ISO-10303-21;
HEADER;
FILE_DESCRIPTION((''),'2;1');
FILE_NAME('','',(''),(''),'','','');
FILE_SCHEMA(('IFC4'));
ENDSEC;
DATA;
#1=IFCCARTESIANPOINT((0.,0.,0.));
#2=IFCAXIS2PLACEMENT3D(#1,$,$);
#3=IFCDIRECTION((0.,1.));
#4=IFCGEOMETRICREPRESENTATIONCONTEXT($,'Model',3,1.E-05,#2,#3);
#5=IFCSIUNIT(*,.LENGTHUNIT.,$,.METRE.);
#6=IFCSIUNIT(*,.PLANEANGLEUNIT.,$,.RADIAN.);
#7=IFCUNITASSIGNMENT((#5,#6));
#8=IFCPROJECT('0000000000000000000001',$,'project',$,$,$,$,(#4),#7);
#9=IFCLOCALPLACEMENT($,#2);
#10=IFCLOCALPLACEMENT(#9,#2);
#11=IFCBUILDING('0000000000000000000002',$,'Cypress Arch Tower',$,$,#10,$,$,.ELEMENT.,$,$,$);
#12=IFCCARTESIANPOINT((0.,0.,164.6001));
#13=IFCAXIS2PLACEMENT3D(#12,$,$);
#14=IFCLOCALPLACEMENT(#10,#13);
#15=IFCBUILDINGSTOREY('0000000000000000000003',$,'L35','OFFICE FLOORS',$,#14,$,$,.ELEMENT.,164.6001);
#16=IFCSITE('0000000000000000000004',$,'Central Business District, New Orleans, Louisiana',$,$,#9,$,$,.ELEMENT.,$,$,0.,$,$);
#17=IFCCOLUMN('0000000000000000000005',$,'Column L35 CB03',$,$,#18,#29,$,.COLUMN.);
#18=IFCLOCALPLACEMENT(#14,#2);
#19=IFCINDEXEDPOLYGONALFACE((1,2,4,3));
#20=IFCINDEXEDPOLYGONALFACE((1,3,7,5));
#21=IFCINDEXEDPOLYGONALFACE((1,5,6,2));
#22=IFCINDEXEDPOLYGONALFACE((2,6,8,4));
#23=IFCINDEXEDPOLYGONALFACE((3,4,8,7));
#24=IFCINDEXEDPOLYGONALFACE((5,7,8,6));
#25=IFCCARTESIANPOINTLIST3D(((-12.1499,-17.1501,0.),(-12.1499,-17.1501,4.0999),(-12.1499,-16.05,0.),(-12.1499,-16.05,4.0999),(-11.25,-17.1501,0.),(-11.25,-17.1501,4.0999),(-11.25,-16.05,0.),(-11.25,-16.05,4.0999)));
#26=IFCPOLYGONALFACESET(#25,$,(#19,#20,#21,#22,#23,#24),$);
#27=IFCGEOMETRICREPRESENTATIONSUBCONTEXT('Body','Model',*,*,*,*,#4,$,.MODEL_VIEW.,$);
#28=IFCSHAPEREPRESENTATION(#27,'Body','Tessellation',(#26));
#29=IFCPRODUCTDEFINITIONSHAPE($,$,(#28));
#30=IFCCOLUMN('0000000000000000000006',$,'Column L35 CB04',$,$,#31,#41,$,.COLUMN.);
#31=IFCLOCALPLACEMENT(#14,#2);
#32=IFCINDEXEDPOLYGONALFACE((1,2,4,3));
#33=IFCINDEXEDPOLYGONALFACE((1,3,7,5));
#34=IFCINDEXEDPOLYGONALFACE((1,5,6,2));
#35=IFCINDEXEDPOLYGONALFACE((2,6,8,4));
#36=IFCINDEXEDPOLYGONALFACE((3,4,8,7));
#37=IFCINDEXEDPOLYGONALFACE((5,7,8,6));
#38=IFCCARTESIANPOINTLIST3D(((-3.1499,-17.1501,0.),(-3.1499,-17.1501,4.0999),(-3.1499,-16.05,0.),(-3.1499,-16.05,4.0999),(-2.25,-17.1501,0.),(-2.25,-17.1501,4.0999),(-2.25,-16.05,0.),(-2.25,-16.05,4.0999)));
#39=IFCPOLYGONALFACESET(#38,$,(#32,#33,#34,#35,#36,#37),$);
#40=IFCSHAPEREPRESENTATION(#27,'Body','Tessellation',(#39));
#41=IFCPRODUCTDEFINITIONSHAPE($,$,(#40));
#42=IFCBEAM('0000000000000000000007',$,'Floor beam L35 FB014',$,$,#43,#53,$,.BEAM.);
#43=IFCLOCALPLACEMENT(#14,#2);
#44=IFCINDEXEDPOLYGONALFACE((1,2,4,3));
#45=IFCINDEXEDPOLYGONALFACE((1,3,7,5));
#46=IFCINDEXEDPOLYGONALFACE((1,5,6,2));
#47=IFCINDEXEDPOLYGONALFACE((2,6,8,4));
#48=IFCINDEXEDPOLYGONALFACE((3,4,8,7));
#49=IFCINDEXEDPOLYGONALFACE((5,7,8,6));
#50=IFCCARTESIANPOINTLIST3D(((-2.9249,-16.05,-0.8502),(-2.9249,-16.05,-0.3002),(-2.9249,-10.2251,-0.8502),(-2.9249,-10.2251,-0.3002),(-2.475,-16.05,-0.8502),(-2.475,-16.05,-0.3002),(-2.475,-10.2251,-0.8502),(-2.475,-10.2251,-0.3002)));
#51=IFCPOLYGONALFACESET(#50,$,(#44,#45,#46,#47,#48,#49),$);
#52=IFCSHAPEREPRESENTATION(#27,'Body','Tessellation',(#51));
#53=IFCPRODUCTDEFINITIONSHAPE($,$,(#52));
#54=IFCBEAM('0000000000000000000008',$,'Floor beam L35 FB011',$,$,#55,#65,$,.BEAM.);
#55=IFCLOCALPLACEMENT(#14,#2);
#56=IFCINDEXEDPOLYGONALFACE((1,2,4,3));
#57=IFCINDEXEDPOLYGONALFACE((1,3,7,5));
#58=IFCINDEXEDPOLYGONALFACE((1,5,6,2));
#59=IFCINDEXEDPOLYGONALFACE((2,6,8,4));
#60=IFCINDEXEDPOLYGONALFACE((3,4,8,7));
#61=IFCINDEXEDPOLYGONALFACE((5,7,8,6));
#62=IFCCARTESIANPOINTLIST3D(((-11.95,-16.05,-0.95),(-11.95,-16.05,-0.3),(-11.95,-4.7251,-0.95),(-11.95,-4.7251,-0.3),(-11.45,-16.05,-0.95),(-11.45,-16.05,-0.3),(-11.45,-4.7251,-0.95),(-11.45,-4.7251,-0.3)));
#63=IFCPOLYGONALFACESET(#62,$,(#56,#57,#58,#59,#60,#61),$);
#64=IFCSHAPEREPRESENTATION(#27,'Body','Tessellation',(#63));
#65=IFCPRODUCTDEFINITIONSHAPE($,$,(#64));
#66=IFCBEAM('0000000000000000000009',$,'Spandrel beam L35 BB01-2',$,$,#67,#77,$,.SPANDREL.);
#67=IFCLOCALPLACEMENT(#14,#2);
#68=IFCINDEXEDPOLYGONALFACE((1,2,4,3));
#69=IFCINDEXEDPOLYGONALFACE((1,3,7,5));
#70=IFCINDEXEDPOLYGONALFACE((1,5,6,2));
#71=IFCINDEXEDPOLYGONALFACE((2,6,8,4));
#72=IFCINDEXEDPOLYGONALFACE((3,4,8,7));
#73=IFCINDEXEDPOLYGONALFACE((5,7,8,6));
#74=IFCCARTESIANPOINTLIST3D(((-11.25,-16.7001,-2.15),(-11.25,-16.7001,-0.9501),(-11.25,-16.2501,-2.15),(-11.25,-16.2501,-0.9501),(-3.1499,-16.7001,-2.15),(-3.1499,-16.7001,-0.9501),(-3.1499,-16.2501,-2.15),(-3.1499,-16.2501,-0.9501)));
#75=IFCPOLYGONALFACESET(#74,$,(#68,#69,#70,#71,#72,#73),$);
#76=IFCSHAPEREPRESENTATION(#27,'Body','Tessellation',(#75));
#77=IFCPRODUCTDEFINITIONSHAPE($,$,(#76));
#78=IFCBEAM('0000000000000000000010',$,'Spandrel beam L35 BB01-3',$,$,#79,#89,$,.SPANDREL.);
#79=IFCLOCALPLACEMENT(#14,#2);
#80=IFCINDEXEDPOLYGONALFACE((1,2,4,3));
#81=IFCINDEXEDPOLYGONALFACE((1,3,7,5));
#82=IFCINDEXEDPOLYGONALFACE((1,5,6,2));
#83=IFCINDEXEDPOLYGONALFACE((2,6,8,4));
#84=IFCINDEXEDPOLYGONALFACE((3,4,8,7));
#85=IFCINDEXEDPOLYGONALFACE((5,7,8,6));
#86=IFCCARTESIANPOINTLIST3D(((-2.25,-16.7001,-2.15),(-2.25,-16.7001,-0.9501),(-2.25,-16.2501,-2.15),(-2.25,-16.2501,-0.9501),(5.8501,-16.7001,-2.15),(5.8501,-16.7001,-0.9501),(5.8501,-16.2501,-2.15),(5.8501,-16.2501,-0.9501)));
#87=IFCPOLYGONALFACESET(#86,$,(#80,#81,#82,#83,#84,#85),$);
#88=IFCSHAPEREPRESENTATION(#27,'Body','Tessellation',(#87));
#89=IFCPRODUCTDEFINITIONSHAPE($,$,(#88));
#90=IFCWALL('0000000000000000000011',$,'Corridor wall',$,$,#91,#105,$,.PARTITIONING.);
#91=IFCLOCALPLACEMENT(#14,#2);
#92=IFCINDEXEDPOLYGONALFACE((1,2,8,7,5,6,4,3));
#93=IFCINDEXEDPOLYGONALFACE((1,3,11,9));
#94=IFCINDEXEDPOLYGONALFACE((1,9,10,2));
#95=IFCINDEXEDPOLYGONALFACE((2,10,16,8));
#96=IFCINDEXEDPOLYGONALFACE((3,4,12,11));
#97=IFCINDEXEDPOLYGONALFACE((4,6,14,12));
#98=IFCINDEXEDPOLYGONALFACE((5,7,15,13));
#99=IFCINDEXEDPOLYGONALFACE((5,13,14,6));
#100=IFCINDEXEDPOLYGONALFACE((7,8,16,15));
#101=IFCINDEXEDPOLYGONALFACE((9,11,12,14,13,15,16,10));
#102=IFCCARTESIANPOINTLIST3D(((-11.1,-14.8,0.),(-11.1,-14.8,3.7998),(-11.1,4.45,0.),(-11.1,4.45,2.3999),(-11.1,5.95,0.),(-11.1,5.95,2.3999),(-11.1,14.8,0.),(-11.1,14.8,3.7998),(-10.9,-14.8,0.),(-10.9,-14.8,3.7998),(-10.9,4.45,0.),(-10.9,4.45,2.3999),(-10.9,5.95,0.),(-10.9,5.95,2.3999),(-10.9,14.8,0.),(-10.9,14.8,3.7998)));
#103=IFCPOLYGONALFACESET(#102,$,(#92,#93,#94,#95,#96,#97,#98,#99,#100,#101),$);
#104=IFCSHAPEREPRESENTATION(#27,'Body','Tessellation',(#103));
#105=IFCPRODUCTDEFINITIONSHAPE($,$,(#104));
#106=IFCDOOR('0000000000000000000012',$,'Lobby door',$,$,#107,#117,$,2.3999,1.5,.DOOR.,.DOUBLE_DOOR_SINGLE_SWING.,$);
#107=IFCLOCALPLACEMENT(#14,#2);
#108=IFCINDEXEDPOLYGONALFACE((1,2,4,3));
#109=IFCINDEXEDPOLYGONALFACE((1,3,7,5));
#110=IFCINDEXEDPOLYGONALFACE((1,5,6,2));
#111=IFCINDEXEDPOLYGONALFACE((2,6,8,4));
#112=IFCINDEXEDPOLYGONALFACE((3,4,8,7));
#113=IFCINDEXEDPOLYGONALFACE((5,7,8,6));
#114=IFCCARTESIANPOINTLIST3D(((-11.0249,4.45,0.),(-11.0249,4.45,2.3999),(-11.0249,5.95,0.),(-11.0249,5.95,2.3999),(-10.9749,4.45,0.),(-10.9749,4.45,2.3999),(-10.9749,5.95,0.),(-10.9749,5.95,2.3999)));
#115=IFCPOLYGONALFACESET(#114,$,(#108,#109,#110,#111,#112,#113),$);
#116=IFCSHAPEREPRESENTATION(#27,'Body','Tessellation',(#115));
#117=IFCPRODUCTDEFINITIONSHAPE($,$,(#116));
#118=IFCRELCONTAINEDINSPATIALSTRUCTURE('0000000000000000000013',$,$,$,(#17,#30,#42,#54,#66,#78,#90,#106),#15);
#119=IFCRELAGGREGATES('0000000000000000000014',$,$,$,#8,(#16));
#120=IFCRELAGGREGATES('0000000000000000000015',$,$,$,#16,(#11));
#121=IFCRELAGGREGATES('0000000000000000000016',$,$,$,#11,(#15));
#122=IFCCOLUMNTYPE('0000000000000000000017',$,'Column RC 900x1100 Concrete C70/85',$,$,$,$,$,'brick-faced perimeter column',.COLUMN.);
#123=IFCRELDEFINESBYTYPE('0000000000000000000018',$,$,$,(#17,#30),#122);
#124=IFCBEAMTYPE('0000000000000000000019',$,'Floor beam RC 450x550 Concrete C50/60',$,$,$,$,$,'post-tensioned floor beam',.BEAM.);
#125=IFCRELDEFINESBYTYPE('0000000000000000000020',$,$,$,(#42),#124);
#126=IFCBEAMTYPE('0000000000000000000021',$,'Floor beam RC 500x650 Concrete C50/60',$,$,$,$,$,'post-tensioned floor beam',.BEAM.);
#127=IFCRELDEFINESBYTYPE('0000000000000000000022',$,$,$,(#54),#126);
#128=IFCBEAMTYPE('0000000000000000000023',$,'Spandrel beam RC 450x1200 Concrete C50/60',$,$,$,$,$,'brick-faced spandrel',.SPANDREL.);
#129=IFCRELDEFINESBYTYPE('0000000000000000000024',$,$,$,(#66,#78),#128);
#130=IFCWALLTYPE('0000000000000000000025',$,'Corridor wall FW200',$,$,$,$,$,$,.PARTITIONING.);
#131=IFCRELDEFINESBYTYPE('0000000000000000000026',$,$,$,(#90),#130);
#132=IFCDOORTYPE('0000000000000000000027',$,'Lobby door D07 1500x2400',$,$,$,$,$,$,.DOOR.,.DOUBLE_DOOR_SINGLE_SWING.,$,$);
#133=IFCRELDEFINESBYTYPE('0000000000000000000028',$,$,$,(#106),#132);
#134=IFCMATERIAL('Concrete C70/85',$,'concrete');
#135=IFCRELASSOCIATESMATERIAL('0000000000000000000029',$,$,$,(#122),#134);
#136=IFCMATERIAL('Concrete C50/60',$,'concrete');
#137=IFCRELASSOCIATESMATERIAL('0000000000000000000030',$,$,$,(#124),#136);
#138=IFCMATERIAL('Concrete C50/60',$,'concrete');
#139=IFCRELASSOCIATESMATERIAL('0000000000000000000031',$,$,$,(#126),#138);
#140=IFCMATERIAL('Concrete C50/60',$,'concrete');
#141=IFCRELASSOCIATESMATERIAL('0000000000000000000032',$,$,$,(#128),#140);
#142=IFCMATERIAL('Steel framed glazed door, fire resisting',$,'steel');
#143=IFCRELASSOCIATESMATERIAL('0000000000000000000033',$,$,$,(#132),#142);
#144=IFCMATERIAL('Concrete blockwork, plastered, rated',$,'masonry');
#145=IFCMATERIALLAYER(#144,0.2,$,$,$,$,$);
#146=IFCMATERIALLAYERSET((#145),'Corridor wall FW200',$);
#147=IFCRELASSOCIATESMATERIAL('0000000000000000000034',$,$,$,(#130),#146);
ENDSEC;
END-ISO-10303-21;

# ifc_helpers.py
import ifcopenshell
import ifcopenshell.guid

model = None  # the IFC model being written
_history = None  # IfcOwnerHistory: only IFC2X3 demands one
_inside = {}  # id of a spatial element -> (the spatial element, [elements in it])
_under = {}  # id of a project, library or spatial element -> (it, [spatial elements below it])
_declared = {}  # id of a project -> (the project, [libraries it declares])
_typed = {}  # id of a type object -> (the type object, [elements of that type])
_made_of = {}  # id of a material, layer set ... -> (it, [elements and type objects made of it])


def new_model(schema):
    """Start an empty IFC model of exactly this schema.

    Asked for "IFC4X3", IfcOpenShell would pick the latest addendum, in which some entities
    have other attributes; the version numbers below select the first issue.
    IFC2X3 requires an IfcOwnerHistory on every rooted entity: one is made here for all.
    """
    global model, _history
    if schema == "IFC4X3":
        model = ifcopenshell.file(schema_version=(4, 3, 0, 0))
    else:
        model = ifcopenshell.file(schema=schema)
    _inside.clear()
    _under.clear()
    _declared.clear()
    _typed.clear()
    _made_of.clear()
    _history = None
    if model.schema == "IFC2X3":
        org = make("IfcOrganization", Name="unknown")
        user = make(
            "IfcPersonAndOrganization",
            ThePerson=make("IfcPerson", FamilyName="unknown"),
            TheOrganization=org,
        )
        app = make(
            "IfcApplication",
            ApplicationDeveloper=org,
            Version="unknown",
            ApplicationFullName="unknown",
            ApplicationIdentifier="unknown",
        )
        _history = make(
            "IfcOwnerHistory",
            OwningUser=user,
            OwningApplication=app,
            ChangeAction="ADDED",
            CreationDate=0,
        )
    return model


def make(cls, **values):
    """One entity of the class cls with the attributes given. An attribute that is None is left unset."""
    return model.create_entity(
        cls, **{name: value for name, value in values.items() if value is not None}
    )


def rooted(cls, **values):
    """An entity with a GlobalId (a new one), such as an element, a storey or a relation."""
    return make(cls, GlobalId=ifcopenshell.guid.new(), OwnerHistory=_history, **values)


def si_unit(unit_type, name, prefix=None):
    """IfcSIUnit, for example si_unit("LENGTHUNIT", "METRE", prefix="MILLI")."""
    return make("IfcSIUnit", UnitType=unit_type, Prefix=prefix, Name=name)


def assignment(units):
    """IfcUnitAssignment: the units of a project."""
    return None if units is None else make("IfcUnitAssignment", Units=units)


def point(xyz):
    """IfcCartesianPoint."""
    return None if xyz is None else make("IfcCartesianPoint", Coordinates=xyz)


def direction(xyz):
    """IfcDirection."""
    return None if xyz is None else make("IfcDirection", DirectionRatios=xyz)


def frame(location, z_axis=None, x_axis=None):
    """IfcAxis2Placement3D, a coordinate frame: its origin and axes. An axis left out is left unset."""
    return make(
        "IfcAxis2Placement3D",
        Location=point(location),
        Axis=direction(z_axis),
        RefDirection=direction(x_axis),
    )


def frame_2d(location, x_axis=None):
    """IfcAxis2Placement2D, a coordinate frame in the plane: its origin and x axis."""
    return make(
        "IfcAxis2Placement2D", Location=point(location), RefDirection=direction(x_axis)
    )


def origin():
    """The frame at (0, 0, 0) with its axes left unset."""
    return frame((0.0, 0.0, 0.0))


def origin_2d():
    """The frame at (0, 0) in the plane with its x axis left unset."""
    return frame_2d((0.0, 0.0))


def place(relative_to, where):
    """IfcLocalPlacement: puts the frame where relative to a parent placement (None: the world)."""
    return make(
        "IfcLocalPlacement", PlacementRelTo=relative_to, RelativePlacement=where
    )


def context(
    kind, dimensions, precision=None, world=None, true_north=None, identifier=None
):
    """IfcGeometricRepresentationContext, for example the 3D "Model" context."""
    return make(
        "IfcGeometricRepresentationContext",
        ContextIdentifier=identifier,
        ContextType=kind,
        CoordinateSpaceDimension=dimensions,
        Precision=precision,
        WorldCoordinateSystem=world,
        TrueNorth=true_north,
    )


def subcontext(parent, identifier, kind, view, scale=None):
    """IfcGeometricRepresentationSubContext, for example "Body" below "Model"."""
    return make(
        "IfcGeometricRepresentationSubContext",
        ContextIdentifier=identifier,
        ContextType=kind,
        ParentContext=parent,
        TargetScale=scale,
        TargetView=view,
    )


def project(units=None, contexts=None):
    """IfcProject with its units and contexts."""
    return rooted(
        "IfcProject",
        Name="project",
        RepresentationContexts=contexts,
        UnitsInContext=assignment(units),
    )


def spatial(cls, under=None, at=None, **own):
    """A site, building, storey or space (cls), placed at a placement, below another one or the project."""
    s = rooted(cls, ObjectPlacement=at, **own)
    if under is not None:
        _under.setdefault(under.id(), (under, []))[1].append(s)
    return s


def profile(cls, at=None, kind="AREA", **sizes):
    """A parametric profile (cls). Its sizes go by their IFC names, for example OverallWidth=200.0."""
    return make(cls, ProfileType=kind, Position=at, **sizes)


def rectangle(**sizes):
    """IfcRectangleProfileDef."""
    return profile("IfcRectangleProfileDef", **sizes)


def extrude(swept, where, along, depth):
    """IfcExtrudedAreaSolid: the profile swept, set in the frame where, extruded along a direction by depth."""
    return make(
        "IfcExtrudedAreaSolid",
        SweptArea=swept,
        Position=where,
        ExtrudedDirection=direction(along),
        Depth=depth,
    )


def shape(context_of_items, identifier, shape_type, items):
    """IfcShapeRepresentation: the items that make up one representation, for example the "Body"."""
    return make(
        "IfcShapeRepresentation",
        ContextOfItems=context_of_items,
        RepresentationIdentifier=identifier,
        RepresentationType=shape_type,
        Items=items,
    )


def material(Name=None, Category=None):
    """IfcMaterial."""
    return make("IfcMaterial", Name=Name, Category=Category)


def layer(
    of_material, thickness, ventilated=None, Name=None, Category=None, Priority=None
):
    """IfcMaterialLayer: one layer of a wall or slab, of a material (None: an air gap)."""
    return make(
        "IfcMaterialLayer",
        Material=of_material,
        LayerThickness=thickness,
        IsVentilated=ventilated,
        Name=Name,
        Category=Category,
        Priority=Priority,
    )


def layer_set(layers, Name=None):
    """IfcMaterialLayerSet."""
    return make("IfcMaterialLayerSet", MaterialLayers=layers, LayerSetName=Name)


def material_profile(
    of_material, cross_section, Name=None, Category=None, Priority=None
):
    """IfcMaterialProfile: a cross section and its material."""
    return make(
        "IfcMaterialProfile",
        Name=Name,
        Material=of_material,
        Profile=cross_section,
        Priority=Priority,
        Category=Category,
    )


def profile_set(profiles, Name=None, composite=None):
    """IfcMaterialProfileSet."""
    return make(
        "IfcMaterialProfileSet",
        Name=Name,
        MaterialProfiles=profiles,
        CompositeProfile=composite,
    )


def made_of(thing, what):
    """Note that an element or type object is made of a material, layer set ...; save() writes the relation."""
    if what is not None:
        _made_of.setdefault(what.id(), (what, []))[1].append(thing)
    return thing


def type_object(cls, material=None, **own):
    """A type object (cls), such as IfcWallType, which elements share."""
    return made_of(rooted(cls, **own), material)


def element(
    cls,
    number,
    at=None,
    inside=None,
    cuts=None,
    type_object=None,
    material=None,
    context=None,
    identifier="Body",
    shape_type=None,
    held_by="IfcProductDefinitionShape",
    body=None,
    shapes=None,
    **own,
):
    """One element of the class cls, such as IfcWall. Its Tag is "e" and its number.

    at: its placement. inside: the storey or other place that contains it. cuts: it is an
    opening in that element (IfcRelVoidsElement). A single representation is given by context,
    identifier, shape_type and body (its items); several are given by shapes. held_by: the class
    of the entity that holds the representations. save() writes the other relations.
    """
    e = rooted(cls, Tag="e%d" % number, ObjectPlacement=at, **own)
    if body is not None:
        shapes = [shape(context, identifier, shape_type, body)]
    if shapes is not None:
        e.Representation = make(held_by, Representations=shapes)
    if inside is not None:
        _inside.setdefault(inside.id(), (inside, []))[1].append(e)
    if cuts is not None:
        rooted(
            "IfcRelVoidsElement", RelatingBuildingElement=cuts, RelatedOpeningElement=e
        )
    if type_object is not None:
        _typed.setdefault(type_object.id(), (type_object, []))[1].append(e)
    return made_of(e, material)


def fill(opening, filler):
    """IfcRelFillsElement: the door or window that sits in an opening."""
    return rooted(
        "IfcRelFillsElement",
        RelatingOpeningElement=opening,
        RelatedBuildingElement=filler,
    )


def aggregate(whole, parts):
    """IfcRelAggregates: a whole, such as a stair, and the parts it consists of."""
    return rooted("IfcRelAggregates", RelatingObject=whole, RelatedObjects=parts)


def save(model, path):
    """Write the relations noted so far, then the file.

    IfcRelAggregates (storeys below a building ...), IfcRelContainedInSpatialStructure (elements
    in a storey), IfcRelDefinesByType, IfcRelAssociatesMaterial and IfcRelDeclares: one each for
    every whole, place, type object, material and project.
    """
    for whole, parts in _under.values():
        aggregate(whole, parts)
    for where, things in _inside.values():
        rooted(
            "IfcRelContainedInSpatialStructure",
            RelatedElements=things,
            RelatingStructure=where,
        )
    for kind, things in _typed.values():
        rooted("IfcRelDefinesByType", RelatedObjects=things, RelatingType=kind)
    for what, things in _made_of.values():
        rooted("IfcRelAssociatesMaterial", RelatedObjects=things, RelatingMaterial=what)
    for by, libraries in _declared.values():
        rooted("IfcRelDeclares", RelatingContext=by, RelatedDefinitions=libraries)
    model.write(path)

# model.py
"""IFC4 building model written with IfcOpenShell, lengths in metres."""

from ifc_helpers import new_model, si_unit, direction, frame, frame_2d, origin, origin_2d, place, context, subcontext, project, spatial, rectangle, extrude, material, layer, layer_set, material_profile, profile_set, type_object, element, fill, save


model = new_model("IFC4")

# Units and contexts
model_context = context("Model", 3, precision=1e-05, world=origin(), true_north=direction((0.0, 1.0)))
body_context = subcontext(model_context, "Body", "Model", "MODEL_VIEW")
ifc_project = project(units=[si_unit("LENGTHUNIT", "METRE"), si_unit("PLANEANGLEUNIT", "RADIAN")], contexts=[model_context])

# Site, building, storey
site_placement = place(None, origin())
site = spatial("IfcSite", under=ifc_project, at=site_placement, Name="Central Business District, New Orleans, Louisiana", CompositionType="ELEMENT", RefElevation=0.0)
building_placement = place(site_placement, origin())
building = spatial("IfcBuilding", under=site, at=building_placement, Name="Cypress Arch Tower", CompositionType="ELEMENT")
storey_placement = place(building_placement, frame((0.0, 0.0, 164.6001)))
storey = spatial("IfcBuildingStorey", under=building, at=storey_placement, Name="L35", Description="OFFICE FLOORS", CompositionType="ELEMENT", Elevation=164.6001)

# Columns
ifc_material_1 = material(Name="Concrete C70/85", Category="concrete")
ifc_material_profile_1 = material_profile(ifc_material_1, rectangle(XDim=0.8999, YDim=1.1001, at=origin_2d()), Name="RC 900x1100")
ifc_profile_set_1 = profile_set([ifc_material_profile_1], Name="Concrete C70/85")
column_type = type_object("IfcColumnType", Name="Column RC 900x1100 Concrete C70/85", ElementType="brick-faced perimeter column", PredefinedType="COLUMN", material=ifc_profile_set_1)
for number, where, z_axis, x_axis, name in (
    (1, (-11.7, -16.6001, 0.0), (0.0, 0.0, 1.0), (1.0, 0.0, 0.0), "Column L35 CB03"),
    (2, (-2.7, -16.6001, 0.0), (0.0, 0.0, 1.0), (1.0, 0.0, 0.0), "Column L35 CB04"),
):
    element("IfcColumn", number, at=place(storey_placement, frame(where, z_axis=z_axis, x_axis=x_axis)), inside=storey, type_object=column_type, Name=name, PredefinedType="COLUMN", context=body_context, shape_type="SweptSolid", body=[
        extrude(rectangle(XDim=0.8999, YDim=1.1001, at=origin_2d()), origin(), (0.0, 0.0, 1.0), 4.0999),
    ])

# Beams
ifc_material_2 = material(Name="Concrete C50/60", Category="concrete")
ifc_material_profile_2 = material_profile(ifc_material_2, rectangle(XDim=0.45, YDim=0.55, at=origin_2d()), Name="RC 450x550")
ifc_profile_set_2 = profile_set([ifc_material_profile_2], Name="Concrete C50/60")
beam_type_1 = type_object("IfcBeamType", Name="Floor beam RC 450x550 Concrete C50/60", ElementType="post-tensioned floor beam", PredefinedType="BEAM", material=ifc_profile_set_2)
beam_1_placement = place(storey_placement, frame((-2.7, -16.05, -0.5752), z_axis=(0.0, 1.0, 0.0), x_axis=(-1.0, 0.0, 0.0)))
element("IfcBeam", 3, at=beam_1_placement, inside=storey, type_object=beam_type_1, Name="Floor beam L35 FB014", PredefinedType="BEAM", context=body_context, shape_type="SweptSolid", body=[
    extrude(rectangle(XDim=0.45, YDim=0.55, at=origin_2d()), origin(), (0.0, 0.0, 1.0), 5.825),
])
ifc_material_3 = material(Name="Concrete C50/60", Category="concrete")
ifc_material_profile_3 = material_profile(ifc_material_3, rectangle(XDim=0.5, YDim=0.6499, at=origin_2d()), Name="RC 500x650")
ifc_profile_set_3 = profile_set([ifc_material_profile_3], Name="Concrete C50/60")
beam_type_2 = type_object("IfcBeamType", Name="Floor beam RC 500x650 Concrete C50/60", ElementType="post-tensioned floor beam", PredefinedType="BEAM", material=ifc_profile_set_3)
beam_2_placement = place(storey_placement, frame((-11.7, -16.05, -0.625), z_axis=(0.0, 1.0, 0.0), x_axis=(-1.0, 0.0, 0.0)))
element("IfcBeam", 4, at=beam_2_placement, inside=storey, type_object=beam_type_2, Name="Floor beam L35 FB011", PredefinedType="BEAM", context=body_context, shape_type="SweptSolid", body=[
    extrude(rectangle(XDim=0.5, YDim=0.6499, at=origin_2d()), origin(), (0.0, 0.0, 1.0), 11.325),
])
ifc_material_4 = material(Name="Concrete C50/60", Category="concrete")
ifc_material_profile_4 = material_profile(ifc_material_4, rectangle(XDim=0.45, YDim=1.2, at=origin_2d()), Name="RC 450x1200")
ifc_profile_set_4 = profile_set([ifc_material_profile_4], Name="Concrete C50/60")
beam_type_3 = type_object("IfcBeamType", Name="Spandrel beam RC 450x1200 Concrete C50/60", ElementType="brick-faced spandrel", PredefinedType="SPANDREL", material=ifc_profile_set_4)
for number, where, z_axis, x_axis, name in (
    (5, (-11.25, -16.4751, -1.55), (1.0, 0.0, 0.0), (0.0, 1.0, 0.0), "Spandrel beam L35 BB01-2"),
    (6, (-2.25, -16.4751, -1.55), (1.0, 0.0, 0.0), (0.0, 1.0, 0.0), "Spandrel beam L35 BB01-3"),
):
    element("IfcBeam", number, at=place(storey_placement, frame(where, z_axis=z_axis, x_axis=x_axis)), inside=storey, type_object=beam_type_3, Name=name, PredefinedType="SPANDREL", context=body_context, shape_type="SweptSolid", body=[
        extrude(rectangle(XDim=0.45, YDim=1.2, at=origin_2d()), origin(), (0.0, 0.0, 1.0), 8.1001),
    ])

# Shared definitions
ifc_material_5 = material(Name="Steel framed glazed door, fire resisting", Category="steel")
door_type_1 = type_object("IfcDoorType", Name="Lobby door D07 1500x2400", OperationType="DOUBLE_DOOR_SINGLE_SWING", PredefinedType="DOOR", material=ifc_material_5)

# Shared definitions
ifc_material_6 = material(Name="Concrete blockwork, plastered, rated", Category="masonry")
ifc_layer_1 = layer(ifc_material_6, 0.2)
ifc_layer_set_1 = layer_set([ifc_layer_1], Name="Corridor wall FW200")
wall_type_1 = type_object("IfcWallType", Name="Corridor wall FW200", PredefinedType="PARTITIONING", material=ifc_layer_set_1)

# Wall, opening, door
wall_1_placement = place(storey_placement, frame((-11.0, -14.8, 0.0), z_axis=(0.0, 0.0, 1.0), x_axis=(0.0, 1.0, 0.0)))
wall_1 = element("IfcWall", 7, at=wall_1_placement, inside=storey, type_object=wall_type_1, Name="Corridor wall", PredefinedType="PARTITIONING", context=body_context, shape_type="SweptSolid", body=[
    extrude(rectangle(XDim=29.6001, YDim=0.2, at=frame_2d((14.8, 0.0))), origin(), (0.0, 0.0, 1.0), 3.7998),
])
opening_1_placement = place(wall_1_placement, frame((19.25, 0.0, 0.0)))
opening_1 = element("IfcOpeningElement", 8, at=opening_1_placement, cuts=wall_1, PredefinedType="OPENING", context=body_context, shape_type="SweptSolid", body=[
    extrude(rectangle(XDim=1.5, YDim=2.3999, at=frame_2d((0.75, 1.2))), frame((0.0, 0.1099, 0.0), z_axis=(0.0, -1.0, 0.0), x_axis=(1.0, 0.0, 0.0)), (0.0, 0.0, 1.0), 0.22),
])
door_1_placement = place(opening_1_placement, origin())
door_1 = element("IfcDoor", 9, at=door_1_placement, inside=storey, type_object=door_type_1, Name="Lobby door", OperationType="DOUBLE_DOOR_SINGLE_SWING", OverallHeight=2.3999, OverallWidth=1.5, PredefinedType="DOOR", context=body_context, shape_type="SweptSolid", body=[
    extrude(rectangle(XDim=1.5, YDim=2.3999, at=frame_2d((0.75, 1.2))), frame((0.0, 0.0249, 0.0), z_axis=(0.0, -1.0, 0.0), x_axis=(1.0, 0.0, 0.0)), (0.0, 0.0, 1.0), 0.05),
])
fill(opening_1, door_1)

save(model, "model.ifc")
